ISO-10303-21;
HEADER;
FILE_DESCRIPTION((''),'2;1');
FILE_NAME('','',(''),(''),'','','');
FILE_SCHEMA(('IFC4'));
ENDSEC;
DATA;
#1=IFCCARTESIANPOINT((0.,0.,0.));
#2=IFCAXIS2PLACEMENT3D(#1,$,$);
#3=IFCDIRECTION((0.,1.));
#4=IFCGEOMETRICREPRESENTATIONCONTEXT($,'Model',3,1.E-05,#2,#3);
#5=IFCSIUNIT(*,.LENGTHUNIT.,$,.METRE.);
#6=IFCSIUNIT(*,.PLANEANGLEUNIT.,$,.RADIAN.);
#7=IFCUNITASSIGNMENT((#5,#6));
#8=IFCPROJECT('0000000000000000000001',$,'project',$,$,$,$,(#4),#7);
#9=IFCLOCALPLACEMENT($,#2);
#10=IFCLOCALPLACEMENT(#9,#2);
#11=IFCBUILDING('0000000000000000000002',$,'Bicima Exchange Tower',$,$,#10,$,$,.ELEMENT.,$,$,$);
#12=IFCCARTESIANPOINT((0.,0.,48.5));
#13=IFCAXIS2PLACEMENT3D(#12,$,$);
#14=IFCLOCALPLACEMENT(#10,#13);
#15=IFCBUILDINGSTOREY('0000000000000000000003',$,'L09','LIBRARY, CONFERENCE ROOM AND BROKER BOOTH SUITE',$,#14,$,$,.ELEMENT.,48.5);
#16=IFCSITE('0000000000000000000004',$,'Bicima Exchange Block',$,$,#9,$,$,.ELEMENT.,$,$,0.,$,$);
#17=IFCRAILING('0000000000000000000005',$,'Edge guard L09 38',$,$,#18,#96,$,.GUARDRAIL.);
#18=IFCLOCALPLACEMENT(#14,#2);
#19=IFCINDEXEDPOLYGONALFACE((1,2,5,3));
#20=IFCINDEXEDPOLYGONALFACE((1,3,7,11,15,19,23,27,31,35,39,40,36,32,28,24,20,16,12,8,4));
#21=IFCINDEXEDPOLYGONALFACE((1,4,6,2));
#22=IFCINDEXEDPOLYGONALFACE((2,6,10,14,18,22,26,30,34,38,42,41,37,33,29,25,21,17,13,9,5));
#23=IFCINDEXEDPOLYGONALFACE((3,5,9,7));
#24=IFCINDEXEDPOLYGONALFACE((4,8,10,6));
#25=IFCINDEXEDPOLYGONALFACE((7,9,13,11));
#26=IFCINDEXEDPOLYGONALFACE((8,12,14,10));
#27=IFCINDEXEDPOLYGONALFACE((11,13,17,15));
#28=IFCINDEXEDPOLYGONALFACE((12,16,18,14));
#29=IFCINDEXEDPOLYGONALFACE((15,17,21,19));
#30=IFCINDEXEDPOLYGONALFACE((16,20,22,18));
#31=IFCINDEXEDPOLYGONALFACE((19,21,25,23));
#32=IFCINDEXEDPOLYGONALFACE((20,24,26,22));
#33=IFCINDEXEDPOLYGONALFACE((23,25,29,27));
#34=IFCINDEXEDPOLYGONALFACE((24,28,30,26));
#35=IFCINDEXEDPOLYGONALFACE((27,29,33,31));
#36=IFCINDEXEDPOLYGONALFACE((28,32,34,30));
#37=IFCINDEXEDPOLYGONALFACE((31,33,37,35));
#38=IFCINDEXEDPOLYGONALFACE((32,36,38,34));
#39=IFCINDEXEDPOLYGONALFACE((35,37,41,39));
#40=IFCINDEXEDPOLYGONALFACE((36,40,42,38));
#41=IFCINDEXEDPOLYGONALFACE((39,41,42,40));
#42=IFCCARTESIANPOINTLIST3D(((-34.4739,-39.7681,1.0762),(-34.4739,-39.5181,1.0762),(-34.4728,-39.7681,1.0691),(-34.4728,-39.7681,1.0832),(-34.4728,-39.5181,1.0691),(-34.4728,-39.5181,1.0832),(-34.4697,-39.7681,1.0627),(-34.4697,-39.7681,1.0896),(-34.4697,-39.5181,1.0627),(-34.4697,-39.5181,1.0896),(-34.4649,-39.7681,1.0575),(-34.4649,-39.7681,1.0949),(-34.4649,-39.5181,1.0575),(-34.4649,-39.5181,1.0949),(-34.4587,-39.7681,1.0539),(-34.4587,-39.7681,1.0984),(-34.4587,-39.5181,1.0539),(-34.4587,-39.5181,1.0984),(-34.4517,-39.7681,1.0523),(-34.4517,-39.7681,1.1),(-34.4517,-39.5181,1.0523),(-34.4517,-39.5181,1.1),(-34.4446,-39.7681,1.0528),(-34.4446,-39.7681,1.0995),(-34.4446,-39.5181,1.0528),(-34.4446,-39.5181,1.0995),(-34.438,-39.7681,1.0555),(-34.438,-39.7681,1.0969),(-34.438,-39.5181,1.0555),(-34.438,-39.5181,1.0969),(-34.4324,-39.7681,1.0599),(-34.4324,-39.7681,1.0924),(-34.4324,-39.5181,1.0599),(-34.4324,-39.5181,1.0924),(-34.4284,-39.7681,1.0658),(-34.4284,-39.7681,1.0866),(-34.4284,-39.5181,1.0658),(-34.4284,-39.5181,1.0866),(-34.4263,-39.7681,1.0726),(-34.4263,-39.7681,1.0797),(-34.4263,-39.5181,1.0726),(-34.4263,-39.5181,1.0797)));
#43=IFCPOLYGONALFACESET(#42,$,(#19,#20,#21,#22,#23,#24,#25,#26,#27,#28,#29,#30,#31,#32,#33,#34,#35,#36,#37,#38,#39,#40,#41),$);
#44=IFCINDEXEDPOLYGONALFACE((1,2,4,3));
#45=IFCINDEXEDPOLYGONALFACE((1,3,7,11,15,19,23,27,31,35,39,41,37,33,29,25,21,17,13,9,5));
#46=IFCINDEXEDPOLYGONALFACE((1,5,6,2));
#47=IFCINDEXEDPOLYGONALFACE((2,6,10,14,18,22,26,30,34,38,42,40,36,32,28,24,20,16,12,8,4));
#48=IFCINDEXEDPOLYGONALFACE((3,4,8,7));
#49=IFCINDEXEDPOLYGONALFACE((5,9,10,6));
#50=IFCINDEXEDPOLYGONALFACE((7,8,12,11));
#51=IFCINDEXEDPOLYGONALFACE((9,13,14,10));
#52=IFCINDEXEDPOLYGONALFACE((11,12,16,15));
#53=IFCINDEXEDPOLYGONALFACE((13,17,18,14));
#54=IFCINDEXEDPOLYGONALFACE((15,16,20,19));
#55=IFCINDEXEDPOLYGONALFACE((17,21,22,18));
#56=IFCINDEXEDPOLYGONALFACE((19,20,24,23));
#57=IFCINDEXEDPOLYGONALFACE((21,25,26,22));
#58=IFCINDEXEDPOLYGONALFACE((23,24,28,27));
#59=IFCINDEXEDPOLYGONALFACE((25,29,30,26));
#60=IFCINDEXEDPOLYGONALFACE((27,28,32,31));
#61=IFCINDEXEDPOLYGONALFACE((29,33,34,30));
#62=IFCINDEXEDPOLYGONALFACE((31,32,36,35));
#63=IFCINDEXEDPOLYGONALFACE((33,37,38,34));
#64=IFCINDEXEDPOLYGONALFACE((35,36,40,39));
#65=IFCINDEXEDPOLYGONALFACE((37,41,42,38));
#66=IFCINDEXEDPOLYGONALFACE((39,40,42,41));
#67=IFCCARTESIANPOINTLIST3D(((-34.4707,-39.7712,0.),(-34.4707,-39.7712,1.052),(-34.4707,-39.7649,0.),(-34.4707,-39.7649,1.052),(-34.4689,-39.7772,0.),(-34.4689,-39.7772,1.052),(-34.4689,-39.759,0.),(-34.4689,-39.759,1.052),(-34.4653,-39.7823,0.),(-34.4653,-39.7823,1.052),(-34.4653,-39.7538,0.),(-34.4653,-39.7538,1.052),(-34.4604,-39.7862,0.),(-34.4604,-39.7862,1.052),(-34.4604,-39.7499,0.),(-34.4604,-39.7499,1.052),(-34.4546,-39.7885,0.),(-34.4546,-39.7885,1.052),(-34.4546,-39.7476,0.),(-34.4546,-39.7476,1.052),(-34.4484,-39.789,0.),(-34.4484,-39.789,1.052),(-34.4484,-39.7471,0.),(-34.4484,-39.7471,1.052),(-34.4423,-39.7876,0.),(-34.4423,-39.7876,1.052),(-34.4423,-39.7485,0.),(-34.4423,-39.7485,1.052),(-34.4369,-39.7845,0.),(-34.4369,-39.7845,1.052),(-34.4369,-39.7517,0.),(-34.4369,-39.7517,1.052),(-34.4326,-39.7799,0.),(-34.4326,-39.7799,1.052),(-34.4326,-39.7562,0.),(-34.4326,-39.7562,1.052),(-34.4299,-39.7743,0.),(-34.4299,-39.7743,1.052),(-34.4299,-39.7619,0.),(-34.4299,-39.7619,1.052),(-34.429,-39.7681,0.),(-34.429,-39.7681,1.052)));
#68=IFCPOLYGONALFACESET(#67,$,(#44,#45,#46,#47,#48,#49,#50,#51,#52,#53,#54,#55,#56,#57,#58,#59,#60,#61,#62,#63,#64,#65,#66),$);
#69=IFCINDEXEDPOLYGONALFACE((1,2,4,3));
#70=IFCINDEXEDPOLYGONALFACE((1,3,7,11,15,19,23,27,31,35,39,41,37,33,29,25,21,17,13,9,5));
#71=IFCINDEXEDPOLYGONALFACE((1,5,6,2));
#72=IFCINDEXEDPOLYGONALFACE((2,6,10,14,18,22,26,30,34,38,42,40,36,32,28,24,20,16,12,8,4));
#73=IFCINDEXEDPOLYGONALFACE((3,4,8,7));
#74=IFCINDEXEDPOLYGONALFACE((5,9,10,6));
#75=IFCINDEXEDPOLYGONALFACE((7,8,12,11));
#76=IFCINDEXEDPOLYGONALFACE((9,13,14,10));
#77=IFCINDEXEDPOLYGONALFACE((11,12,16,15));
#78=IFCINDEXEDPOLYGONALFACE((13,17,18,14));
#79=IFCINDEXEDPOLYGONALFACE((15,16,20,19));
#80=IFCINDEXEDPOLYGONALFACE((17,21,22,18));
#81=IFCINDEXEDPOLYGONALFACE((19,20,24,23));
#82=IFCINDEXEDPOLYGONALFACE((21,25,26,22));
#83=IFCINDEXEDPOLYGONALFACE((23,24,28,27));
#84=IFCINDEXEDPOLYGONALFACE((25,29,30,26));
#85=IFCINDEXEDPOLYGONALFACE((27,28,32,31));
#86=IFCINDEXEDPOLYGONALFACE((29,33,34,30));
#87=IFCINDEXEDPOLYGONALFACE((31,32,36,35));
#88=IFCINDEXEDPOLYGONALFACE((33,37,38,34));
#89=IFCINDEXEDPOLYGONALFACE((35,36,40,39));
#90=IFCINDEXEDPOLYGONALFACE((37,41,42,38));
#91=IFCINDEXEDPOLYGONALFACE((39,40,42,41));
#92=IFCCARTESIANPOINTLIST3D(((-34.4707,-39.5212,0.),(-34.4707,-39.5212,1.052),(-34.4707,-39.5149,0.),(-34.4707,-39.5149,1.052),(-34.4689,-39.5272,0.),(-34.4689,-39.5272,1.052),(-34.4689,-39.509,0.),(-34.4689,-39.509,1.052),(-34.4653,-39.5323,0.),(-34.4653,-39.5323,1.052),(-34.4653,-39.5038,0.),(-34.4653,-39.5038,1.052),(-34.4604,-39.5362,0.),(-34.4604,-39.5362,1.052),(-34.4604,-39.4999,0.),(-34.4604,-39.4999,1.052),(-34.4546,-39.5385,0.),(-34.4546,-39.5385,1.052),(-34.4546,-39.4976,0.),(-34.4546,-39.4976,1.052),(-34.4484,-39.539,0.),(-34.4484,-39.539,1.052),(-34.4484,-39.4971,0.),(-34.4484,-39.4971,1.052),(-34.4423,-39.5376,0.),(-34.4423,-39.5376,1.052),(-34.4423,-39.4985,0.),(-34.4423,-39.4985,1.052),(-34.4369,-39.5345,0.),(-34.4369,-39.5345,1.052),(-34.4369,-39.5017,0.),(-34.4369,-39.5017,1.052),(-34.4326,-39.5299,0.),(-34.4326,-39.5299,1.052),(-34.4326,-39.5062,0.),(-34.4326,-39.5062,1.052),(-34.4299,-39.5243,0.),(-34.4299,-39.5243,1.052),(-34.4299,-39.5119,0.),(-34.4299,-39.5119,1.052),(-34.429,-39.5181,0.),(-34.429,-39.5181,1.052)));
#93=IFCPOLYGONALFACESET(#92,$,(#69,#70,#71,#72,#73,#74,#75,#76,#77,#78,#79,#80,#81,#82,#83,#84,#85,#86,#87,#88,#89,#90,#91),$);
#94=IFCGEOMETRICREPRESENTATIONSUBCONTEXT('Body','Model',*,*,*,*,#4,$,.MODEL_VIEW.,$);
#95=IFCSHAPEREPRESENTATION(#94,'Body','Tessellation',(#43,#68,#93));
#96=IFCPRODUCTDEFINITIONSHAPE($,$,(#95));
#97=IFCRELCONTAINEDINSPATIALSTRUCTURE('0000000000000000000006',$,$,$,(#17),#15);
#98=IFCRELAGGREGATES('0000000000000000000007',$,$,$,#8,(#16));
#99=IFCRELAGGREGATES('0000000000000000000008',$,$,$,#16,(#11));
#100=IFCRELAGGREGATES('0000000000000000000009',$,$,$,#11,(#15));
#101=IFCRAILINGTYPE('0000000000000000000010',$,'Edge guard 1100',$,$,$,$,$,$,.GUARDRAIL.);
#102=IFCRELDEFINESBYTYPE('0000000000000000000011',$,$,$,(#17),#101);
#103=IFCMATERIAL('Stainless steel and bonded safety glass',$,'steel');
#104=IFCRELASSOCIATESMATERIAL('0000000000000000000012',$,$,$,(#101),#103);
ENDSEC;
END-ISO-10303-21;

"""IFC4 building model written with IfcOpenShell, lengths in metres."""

from ifc_helpers import new_model, si_unit, direction, frame, origin, origin_2d, place, context, subcontext, project, spatial, circle, extrude, material, type_object, element, save


model = new_model("IFC4")

# Units and contexts
model_context = context("Model", 3, precision=1e-05, world=origin(), true_north=direction((0.0, 1.0)))
body_context = subcontext(model_context, "Body", "Model", "MODEL_VIEW")
ifc_project = project(units=[si_unit("LENGTHUNIT", "METRE"), si_unit("PLANEANGLEUNIT", "RADIAN")], contexts=[model_context])

# Site, building, storey
site_placement = place(None, origin())
site = spatial("IfcSite", under=ifc_project, at=site_placement, Name="Bicima Exchange Block", CompositionType="ELEMENT", RefElevation=0.0)
building_placement = place(site_placement, origin())
building = spatial("IfcBuilding", under=site, at=building_placement, Name="Bicima Exchange Tower", CompositionType="ELEMENT")
storey_placement = place(building_placement, frame((0.0, 0.0, 48.5)))
storey = spatial("IfcBuildingStorey", under=building, at=storey_placement, Name="L09", Description="LIBRARY, CONFERENCE ROOM AND BROKER BOOTH SUITE", CompositionType="ELEMENT", Elevation=48.5)

# Railing
ifc_material_1 = material(Name="Stainless steel and bonded safety glass", Category="steel")
railing_type = type_object("IfcRailingType", Name="Edge guard 1100", PredefinedType="GUARDRAIL", material=ifc_material_1)
railing_1_placement = place(storey_placement, frame((-34.45, -39.7681, 0.0)))
element("IfcRailing", 1, at=railing_1_placement, inside=storey, type_object=railing_type, Name="Edge guard L09 38", PredefinedType="GUARDRAIL", context=body_context, shape_type="SweptSolid", body=[
    extrude(circle(Radius=0.0239, at=origin_2d()), frame((0.0, 0.0, 1.0762), z_axis=(0.0, 1.0, 0.0), x_axis=(-1.0, 0.0, 0.0)), (0.0, 0.0, 1.0), 0.25),
    extrude(circle(Radius=0.021, at=origin_2d()), origin(), (0.0, 0.0, 1.0), 1.052),
    extrude(circle(Radius=0.021, at=origin_2d()), frame((0.0, 0.25, 0.0)), (0.0, 0.0, 1.0), 1.052),
])

save(model, "model.ifc")
